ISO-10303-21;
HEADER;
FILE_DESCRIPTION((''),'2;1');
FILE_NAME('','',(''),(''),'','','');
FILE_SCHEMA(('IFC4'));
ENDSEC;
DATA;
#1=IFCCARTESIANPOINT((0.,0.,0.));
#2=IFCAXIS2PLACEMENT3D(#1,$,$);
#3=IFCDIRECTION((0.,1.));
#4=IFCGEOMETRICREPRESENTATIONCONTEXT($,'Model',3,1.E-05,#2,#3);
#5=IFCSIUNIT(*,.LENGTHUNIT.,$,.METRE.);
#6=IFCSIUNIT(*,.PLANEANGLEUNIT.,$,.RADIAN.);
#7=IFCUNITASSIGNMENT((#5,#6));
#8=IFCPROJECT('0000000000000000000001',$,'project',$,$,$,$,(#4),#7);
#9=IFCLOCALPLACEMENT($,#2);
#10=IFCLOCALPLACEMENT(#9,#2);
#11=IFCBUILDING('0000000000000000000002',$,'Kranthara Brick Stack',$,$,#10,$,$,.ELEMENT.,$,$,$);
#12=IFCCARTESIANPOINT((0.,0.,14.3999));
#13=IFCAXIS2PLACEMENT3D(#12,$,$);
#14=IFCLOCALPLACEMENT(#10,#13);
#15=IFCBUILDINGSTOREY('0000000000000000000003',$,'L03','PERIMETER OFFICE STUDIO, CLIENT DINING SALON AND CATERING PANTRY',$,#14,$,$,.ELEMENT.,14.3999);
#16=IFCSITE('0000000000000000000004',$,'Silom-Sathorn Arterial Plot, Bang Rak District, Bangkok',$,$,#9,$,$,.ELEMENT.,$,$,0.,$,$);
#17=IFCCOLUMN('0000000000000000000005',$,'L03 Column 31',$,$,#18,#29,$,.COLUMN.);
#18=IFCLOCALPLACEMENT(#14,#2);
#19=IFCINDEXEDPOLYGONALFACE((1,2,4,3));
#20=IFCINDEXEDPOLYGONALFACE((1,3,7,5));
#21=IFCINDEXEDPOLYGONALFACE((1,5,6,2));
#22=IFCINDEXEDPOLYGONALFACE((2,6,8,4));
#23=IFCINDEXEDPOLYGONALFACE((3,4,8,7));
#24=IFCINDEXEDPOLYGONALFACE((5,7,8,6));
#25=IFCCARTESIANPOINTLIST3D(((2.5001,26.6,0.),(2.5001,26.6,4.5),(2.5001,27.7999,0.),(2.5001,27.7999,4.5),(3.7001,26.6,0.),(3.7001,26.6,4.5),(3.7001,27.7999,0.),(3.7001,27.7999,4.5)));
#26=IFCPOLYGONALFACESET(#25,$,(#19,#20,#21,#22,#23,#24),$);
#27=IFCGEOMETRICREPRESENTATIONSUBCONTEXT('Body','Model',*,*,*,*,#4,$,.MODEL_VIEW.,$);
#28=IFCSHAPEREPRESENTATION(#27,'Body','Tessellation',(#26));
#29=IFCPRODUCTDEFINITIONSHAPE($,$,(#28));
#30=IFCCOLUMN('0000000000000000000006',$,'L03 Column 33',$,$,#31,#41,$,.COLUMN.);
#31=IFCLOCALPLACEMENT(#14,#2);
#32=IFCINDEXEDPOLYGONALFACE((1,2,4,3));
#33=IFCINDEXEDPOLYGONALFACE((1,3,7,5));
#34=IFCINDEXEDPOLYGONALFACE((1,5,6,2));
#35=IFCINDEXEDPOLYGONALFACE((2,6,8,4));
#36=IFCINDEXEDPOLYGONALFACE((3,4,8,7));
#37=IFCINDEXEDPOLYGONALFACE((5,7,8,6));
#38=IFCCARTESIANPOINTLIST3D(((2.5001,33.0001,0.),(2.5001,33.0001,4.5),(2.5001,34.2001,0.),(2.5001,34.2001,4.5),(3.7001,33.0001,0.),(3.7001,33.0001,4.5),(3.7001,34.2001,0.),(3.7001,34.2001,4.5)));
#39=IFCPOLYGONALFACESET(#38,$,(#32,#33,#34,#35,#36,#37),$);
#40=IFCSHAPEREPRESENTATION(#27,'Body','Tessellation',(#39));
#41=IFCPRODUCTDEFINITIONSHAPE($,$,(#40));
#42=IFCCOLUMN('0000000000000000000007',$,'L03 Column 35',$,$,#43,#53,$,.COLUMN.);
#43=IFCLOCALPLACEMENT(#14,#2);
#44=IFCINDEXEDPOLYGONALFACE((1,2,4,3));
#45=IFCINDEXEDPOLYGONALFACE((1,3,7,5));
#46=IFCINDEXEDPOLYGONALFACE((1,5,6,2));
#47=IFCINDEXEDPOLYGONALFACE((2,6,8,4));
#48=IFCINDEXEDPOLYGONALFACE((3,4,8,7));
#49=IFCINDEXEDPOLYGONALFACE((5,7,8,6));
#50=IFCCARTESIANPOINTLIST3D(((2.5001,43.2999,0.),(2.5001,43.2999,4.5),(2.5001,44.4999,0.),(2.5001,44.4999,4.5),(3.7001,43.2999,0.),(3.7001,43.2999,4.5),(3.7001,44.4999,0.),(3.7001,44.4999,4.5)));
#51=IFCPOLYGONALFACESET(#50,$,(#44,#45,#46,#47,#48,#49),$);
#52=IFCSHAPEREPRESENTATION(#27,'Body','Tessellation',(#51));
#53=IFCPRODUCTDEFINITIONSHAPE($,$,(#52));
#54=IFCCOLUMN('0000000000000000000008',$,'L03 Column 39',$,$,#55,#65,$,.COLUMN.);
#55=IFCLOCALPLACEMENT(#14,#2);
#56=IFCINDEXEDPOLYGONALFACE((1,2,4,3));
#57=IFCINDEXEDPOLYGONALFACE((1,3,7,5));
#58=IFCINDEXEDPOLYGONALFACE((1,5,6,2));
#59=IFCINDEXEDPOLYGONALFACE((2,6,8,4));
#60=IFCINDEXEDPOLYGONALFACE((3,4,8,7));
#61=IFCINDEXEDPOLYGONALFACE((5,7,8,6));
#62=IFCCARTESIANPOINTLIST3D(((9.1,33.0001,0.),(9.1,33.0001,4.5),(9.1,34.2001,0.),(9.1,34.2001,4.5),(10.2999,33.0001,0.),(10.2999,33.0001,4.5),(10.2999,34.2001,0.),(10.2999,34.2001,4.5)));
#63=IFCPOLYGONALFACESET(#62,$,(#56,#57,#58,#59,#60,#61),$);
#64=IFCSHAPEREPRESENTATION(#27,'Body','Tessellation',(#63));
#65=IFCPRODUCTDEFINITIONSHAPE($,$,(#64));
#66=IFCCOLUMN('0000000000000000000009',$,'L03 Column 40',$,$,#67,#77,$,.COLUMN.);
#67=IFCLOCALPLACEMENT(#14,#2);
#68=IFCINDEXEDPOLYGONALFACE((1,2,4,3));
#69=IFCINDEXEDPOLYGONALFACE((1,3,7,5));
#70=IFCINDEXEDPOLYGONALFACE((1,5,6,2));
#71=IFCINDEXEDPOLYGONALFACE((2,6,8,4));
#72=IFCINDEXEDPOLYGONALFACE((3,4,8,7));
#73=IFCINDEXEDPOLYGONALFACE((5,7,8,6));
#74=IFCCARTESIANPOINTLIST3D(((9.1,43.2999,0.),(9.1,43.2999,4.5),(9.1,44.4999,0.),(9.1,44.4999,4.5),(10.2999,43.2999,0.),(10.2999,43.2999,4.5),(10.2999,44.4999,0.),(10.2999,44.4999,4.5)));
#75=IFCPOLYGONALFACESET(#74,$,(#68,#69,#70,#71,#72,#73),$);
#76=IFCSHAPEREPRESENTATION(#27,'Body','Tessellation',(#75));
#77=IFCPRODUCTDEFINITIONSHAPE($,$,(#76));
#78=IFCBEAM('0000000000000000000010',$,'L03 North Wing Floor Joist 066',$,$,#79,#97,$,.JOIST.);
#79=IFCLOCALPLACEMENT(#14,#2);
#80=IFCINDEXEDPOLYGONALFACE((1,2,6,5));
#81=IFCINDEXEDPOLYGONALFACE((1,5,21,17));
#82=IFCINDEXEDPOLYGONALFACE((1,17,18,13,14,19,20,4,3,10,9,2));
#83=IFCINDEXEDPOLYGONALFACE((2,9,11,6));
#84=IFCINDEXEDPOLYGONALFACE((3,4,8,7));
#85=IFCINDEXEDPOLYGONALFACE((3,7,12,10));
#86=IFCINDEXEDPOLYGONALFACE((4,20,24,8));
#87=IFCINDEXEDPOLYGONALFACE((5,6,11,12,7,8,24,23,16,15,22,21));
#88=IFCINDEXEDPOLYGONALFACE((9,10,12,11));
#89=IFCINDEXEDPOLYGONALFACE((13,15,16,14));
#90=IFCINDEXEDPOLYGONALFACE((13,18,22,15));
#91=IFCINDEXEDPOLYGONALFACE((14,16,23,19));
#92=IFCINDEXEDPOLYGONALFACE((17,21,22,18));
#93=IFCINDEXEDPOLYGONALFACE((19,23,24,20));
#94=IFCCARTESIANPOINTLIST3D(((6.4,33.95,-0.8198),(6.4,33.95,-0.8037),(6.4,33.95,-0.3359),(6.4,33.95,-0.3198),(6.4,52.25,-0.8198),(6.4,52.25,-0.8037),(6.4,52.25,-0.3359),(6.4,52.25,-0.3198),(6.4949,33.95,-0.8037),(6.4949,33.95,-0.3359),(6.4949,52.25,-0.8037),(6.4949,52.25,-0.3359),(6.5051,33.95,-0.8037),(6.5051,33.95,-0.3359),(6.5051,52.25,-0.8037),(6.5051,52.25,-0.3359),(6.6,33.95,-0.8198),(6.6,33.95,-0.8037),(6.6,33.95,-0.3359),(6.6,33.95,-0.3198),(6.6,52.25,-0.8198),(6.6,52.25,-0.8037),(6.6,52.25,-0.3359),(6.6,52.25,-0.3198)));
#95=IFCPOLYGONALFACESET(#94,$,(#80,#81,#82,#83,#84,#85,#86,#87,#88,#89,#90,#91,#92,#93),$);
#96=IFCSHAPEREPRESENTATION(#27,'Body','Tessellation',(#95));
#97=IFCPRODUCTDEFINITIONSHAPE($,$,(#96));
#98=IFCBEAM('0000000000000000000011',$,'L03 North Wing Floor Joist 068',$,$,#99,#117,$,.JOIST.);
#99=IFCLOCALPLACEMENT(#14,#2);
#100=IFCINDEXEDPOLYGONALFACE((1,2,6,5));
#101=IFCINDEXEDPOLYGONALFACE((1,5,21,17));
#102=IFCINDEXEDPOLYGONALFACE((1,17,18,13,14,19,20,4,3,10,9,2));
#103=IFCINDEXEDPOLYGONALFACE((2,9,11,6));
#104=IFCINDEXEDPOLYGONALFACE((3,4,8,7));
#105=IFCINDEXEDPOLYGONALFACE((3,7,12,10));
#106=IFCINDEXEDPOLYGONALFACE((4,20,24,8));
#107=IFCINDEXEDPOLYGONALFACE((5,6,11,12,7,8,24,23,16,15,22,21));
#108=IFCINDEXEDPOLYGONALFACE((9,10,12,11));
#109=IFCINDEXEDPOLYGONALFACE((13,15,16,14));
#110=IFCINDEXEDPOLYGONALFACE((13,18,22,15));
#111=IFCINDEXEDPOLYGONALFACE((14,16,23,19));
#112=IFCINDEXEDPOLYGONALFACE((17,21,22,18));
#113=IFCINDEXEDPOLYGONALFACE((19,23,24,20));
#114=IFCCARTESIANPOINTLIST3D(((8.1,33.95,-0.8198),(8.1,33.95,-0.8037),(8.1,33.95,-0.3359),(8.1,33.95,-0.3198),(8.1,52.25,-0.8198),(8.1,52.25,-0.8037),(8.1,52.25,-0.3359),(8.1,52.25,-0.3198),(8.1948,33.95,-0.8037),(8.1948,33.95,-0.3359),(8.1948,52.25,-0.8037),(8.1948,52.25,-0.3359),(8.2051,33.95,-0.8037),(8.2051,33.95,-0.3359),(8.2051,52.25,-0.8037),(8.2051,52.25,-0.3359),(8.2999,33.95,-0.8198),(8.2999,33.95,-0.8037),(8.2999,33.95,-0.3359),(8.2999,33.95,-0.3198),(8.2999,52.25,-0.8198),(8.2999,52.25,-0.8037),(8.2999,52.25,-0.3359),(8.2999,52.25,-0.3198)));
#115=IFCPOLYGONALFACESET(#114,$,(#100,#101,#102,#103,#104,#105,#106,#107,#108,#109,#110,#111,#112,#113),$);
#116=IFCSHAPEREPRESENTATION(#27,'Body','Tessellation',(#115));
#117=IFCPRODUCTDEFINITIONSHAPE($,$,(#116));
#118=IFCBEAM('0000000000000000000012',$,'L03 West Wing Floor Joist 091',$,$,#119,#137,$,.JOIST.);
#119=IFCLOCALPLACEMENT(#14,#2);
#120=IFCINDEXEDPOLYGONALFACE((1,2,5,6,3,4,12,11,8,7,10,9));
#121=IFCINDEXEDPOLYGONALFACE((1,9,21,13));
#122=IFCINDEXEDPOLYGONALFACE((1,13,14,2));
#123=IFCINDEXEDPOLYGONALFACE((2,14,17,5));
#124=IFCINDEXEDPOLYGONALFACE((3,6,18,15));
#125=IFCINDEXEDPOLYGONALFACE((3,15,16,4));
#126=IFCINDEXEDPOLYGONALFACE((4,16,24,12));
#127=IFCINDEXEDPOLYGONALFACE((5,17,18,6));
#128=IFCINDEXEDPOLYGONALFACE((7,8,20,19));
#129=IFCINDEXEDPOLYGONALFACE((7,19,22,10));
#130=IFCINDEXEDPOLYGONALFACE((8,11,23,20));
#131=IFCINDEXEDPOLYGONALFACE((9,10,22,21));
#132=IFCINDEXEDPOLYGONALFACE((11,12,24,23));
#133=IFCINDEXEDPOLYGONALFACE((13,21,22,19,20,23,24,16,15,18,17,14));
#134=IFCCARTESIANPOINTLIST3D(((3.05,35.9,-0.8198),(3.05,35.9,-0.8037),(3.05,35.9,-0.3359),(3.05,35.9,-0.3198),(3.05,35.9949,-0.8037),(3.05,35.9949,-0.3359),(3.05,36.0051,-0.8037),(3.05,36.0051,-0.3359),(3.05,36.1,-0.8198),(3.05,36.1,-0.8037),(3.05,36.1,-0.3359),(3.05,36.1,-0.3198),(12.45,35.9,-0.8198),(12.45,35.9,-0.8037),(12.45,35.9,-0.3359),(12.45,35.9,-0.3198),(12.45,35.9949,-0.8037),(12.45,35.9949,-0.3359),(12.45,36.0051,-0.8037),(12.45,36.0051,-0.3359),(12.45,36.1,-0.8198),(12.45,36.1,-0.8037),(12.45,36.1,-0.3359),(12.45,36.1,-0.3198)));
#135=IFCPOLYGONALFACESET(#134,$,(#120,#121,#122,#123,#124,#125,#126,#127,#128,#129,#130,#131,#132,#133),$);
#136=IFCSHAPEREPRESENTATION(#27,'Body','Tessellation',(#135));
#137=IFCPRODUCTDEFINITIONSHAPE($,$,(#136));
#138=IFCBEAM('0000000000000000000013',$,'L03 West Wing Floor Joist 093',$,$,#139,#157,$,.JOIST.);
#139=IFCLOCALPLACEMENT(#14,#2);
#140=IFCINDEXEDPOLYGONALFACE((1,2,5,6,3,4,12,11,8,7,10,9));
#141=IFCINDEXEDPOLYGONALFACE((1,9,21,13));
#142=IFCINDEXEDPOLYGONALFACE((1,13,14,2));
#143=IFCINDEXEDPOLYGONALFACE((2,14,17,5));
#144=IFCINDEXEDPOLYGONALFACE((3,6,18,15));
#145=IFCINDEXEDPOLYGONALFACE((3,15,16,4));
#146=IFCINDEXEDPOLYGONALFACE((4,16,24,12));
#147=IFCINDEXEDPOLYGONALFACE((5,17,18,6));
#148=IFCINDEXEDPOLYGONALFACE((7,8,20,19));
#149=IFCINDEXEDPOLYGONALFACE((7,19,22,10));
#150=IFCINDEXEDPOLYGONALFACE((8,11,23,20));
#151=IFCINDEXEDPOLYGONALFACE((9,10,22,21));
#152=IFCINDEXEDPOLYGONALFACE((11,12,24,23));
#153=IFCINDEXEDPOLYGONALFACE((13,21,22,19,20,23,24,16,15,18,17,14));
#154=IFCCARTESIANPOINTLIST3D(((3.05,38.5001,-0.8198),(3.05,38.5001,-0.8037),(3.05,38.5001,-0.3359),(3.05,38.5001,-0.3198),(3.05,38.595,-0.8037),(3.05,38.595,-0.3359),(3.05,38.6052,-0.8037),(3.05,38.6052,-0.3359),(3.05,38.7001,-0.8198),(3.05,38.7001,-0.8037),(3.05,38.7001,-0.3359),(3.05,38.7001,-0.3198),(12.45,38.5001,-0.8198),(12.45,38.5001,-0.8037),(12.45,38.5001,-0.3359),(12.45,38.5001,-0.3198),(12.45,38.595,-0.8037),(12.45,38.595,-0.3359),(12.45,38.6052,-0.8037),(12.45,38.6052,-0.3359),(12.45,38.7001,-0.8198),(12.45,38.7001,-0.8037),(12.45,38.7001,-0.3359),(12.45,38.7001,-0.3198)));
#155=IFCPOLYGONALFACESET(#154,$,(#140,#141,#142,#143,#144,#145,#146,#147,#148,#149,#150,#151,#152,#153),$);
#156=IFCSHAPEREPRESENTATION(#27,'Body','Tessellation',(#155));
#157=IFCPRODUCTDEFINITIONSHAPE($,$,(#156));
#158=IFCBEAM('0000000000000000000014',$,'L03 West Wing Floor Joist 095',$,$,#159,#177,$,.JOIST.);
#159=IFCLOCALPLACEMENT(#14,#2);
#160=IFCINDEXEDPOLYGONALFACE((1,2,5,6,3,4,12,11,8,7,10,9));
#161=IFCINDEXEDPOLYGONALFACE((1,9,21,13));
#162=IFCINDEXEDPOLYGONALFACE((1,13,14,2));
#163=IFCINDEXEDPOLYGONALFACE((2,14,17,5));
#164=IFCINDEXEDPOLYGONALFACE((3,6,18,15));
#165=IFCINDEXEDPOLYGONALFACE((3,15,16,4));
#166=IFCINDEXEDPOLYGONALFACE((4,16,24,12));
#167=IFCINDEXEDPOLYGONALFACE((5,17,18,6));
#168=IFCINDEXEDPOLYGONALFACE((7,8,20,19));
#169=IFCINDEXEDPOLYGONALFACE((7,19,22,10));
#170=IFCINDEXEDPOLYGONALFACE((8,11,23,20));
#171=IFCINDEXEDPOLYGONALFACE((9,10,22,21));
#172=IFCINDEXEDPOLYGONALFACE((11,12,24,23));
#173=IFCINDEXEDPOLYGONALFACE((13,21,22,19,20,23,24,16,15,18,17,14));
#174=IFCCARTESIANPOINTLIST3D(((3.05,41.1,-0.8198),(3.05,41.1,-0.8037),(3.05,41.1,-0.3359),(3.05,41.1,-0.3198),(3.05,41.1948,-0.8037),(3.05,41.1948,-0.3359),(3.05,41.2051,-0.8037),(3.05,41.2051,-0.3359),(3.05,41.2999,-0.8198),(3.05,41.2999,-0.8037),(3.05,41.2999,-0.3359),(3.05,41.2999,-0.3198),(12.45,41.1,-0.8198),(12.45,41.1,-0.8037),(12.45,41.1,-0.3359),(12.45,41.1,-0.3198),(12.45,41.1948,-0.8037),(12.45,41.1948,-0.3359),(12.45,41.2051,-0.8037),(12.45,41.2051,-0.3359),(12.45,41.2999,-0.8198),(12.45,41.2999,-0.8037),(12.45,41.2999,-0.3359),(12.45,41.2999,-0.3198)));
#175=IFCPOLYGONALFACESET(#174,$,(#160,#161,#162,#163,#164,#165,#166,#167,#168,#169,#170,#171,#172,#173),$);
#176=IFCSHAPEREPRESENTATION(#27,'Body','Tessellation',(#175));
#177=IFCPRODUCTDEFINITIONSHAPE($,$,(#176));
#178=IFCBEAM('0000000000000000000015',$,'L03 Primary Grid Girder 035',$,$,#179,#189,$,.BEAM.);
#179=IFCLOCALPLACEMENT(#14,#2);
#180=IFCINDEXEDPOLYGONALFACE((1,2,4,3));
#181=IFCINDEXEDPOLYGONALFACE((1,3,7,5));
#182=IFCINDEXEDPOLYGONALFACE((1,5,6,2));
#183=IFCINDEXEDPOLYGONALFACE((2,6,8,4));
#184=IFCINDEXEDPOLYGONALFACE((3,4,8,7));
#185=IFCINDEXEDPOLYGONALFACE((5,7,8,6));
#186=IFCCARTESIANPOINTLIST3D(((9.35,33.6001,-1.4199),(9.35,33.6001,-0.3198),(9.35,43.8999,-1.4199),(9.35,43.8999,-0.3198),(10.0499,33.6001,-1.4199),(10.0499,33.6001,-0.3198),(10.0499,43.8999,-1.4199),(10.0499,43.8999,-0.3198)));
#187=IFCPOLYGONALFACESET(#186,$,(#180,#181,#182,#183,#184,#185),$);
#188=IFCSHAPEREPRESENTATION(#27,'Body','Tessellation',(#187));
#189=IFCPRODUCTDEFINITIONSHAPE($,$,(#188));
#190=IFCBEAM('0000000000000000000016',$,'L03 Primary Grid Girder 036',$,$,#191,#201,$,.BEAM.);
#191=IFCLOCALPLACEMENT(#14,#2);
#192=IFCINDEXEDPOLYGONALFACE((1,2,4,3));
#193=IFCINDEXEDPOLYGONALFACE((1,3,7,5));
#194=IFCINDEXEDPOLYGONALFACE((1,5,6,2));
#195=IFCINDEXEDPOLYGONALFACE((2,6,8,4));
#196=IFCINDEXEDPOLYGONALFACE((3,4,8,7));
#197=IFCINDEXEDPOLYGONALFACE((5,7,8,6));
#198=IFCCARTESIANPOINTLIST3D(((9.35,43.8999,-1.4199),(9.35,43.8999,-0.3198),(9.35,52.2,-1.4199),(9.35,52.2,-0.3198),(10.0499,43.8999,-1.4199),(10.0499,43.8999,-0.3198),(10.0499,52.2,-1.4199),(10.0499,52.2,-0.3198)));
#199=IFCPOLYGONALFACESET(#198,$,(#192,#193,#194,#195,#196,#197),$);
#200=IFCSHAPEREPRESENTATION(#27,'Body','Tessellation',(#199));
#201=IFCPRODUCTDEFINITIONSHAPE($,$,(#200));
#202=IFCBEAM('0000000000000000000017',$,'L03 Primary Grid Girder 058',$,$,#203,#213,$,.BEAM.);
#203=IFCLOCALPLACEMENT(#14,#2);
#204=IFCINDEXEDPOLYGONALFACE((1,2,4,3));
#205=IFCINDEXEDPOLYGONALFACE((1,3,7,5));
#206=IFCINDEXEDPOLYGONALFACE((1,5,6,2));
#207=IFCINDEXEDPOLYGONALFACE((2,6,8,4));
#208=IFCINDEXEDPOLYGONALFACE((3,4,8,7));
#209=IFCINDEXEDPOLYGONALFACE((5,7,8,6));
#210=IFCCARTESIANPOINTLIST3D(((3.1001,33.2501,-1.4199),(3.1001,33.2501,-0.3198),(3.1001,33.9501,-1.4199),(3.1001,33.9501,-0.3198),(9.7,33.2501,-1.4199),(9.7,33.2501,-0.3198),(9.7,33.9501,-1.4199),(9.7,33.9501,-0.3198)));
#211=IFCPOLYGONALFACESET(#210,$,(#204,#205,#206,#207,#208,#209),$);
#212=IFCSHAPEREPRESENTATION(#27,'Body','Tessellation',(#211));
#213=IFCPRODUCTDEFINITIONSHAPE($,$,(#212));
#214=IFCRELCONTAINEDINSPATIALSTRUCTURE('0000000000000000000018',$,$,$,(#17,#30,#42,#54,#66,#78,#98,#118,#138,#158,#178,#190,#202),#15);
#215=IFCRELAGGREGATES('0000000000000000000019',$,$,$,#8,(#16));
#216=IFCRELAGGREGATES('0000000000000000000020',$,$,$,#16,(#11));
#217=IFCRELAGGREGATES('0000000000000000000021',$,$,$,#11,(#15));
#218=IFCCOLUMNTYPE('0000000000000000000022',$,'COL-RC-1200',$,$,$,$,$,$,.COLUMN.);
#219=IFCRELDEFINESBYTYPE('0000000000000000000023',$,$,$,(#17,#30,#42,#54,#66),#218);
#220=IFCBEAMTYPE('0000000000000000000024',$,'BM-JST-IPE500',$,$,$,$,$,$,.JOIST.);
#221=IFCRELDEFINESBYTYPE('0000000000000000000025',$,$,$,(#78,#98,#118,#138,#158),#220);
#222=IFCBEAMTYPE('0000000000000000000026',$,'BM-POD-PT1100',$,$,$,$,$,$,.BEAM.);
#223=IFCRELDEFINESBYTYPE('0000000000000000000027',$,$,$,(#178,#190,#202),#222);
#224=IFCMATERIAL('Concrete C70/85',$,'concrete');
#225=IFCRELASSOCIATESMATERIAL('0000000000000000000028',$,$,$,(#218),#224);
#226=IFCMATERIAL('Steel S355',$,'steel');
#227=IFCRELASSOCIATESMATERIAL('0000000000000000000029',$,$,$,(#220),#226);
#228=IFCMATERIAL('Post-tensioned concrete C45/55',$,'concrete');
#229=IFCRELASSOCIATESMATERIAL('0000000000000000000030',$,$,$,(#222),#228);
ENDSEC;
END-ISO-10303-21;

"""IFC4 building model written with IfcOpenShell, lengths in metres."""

from ifc_helpers import new_model, si_unit, direction, frame, origin, origin_2d, place, context, subcontext, project, spatial, rectangle, i_section, extrude, material, material_profile, profile_set, type_object, element, save


model = new_model("IFC4")

# Units and contexts
model_context = context("Model", 3, precision=1e-05, world=origin(), true_north=direction((0.0, 1.0)))
body_context = subcontext(model_context, "Body", "Model", "MODEL_VIEW")
ifc_project = project(units=[si_unit("LENGTHUNIT", "METRE"), si_unit("PLANEANGLEUNIT", "RADIAN")], contexts=[model_context])

# Site, building, storey
site_placement = place(None, origin())
site = spatial("IfcSite", under=ifc_project, at=site_placement, Name="Silom-Sathorn Arterial Plot, Bang Rak District, Bangkok", CompositionType="ELEMENT", RefElevation=0.0)
building_placement = place(site_placement, origin())
building = spatial("IfcBuilding", under=site, at=building_placement, Name="Kranthara Brick Stack", CompositionType="ELEMENT")
storey_placement = place(building_placement, frame((0.0, 0.0, 14.3999)))
storey = spatial("IfcBuildingStorey", under=building, at=storey_placement, Name="L03", Description="PERIMETER OFFICE STUDIO, CLIENT DINING SALON AND CATERING PANTRY", CompositionType="ELEMENT", Elevation=14.3999)

# Columns
ifc_material_1 = material(Name="Concrete C70/85", Category="concrete")
ifc_material_profile_1 = material_profile(ifc_material_1, rectangle(XDim=1.2, YDim=1.2, at=origin_2d()), Name="RC 1200x1200")
ifc_profile_set_1 = profile_set([ifc_material_profile_1], Name="Concrete C70/85")
column_type = type_object("IfcColumnType", Name="COL-RC-1200", PredefinedType="COLUMN", material=ifc_profile_set_1)
for number, where, z_axis, x_axis, name in (
    (1, (3.1001, 27.2, 0.0), (0.0, 0.0, 1.0), (1.0, 0.0, 0.0), "L03 Column 31"),
    (2, (3.1001, 33.6001, 0.0), (0.0, 0.0, 1.0), (1.0, 0.0, 0.0), "L03 Column 33"),
    (3, (3.1001, 43.8999, 0.0), (0.0, 0.0, 1.0), (1.0, 0.0, 0.0), "L03 Column 35"),
    (4, (9.7, 33.6001, 0.0), (0.0, 0.0, 1.0), (1.0, 0.0, 0.0), "L03 Column 39"),
    (5, (9.7, 43.8999, 0.0), (0.0, 0.0, 1.0), (1.0, 0.0, 0.0), "L03 Column 40"),
):
    element("IfcColumn", number, at=place(storey_placement, frame(where, z_axis=z_axis, x_axis=x_axis)), inside=storey, type_object=column_type, Name=name, PredefinedType="COLUMN", context=body_context, shape_type="SweptSolid", body=[
        extrude(rectangle(XDim=1.2, YDim=1.2, at=origin_2d()), origin(), (0.0, 0.0, 1.0), 4.5),
    ])

# Beams
ifc_material_2 = material(Name="Steel S355", Category="steel")
ifc_material_profile_2 = material_profile(ifc_material_2, i_section(OverallWidth=0.2, OverallDepth=0.5, WebThickness=0.0103, FlangeThickness=0.0161, at=origin_2d()), Name="IPE 500")
ifc_profile_set_2 = profile_set([ifc_material_profile_2], Name="Steel S355")
beam_type_1 = type_object("IfcBeamType", Name="BM-JST-IPE500", PredefinedType="JOIST", material=ifc_profile_set_2)
for number, where, z_axis, x_axis, name in (
    (6, (6.5, 33.95, -0.5698), (0.0, 1.0, 0.0), (-1.0, 0.0, 0.0), "L03 North Wing Floor Joist 066"),
    (7, (8.2, 33.95, -0.5698), (0.0, 1.0, 0.0), (-1.0, 0.0, 0.0), "L03 North Wing Floor Joist 068"),
):
    element("IfcBeam", number, at=place(storey_placement, frame(where, z_axis=z_axis, x_axis=x_axis)), inside=storey, type_object=beam_type_1, Name=name, PredefinedType="JOIST", context=body_context, shape_type="SweptSolid", body=[
        extrude(i_section(OverallWidth=0.2, OverallDepth=0.5, WebThickness=0.0103, FlangeThickness=0.0161, at=origin_2d()), origin(), (0.0, 0.0, 1.0), 18.3),
    ])
for number, where, z_axis, x_axis, name in (
    (8, (3.05, 36.0, -0.5698), (1.0, 0.0, 0.0), (0.0, 1.0, 0.0), "L03 West Wing Floor Joist 091"),
    (9, (3.05, 38.6001, -0.5698), (1.0, 0.0, 0.0), (0.0, 1.0, 0.0), "L03 West Wing Floor Joist 093"),
    (10, (3.05, 41.2, -0.5698), (1.0, 0.0, 0.0), (0.0, 1.0, 0.0), "L03 West Wing Floor Joist 095"),
):
    element("IfcBeam", number, at=place(storey_placement, frame(where, z_axis=z_axis, x_axis=x_axis)), inside=storey, type_object=beam_type_1, Name=name, PredefinedType="JOIST", context=body_context, shape_type="SweptSolid", body=[
        extrude(i_section(OverallWidth=0.2, OverallDepth=0.5, WebThickness=0.0103, FlangeThickness=0.0161, at=origin_2d()), origin(), (0.0, 0.0, 1.0), 9.3999),
    ])
ifc_material_3 = material(Name="Post-tensioned concrete C45/55", Category="concrete")
ifc_material_profile_3 = material_profile(ifc_material_3, rectangle(XDim=0.7, YDim=1.1001, at=origin_2d()), Name="PT 700x1100")
ifc_profile_set_3 = profile_set([ifc_material_profile_3], Name="Post-tensioned concrete C45/55")
beam_type_2 = type_object("IfcBeamType", Name="BM-POD-PT1100", PredefinedType="BEAM", material=ifc_profile_set_3)
beam_1_placement = place(storey_placement, frame((9.7, 33.6001, -0.8699), z_axis=(0.0, 1.0, 0.0), x_axis=(-1.0, 0.0, 0.0)))
element("IfcBeam", 11, at=beam_1_placement, inside=storey, type_object=beam_type_2, Name="L03 Primary Grid Girder 035", PredefinedType="BEAM", context=body_context, shape_type="SweptSolid", body=[
    extrude(rectangle(XDim=0.7, YDim=1.1001, at=origin_2d()), origin(), (0.0, 0.0, 1.0), 10.2998),
])
beam_2_placement = place(storey_placement, frame((9.7, 43.8999, -0.8699), z_axis=(0.0, 1.0, 0.0), x_axis=(-1.0, 0.0, 0.0)))
element("IfcBeam", 12, at=beam_2_placement, inside=storey, type_object=beam_type_2, Name="L03 Primary Grid Girder 036", PredefinedType="BEAM", context=body_context, shape_type="SweptSolid", body=[
    extrude(rectangle(XDim=0.7, YDim=1.1001, at=origin_2d()), origin(), (0.0, 0.0, 1.0), 8.3),
])
beam_3_placement = place(storey_placement, frame((3.1001, 33.6001, -0.8699), z_axis=(1.0, 0.0, 0.0), x_axis=(0.0, 1.0, 0.0)))
element("IfcBeam", 13, at=beam_3_placement, inside=storey, type_object=beam_type_2, Name="L03 Primary Grid Girder 058", PredefinedType="BEAM", context=body_context, shape_type="SweptSolid", body=[
    extrude(rectangle(XDim=0.7, YDim=1.1001, at=origin_2d()), origin(), (0.0, 0.0, 1.0), 6.5999),
])

save(model, "model.ifc")
